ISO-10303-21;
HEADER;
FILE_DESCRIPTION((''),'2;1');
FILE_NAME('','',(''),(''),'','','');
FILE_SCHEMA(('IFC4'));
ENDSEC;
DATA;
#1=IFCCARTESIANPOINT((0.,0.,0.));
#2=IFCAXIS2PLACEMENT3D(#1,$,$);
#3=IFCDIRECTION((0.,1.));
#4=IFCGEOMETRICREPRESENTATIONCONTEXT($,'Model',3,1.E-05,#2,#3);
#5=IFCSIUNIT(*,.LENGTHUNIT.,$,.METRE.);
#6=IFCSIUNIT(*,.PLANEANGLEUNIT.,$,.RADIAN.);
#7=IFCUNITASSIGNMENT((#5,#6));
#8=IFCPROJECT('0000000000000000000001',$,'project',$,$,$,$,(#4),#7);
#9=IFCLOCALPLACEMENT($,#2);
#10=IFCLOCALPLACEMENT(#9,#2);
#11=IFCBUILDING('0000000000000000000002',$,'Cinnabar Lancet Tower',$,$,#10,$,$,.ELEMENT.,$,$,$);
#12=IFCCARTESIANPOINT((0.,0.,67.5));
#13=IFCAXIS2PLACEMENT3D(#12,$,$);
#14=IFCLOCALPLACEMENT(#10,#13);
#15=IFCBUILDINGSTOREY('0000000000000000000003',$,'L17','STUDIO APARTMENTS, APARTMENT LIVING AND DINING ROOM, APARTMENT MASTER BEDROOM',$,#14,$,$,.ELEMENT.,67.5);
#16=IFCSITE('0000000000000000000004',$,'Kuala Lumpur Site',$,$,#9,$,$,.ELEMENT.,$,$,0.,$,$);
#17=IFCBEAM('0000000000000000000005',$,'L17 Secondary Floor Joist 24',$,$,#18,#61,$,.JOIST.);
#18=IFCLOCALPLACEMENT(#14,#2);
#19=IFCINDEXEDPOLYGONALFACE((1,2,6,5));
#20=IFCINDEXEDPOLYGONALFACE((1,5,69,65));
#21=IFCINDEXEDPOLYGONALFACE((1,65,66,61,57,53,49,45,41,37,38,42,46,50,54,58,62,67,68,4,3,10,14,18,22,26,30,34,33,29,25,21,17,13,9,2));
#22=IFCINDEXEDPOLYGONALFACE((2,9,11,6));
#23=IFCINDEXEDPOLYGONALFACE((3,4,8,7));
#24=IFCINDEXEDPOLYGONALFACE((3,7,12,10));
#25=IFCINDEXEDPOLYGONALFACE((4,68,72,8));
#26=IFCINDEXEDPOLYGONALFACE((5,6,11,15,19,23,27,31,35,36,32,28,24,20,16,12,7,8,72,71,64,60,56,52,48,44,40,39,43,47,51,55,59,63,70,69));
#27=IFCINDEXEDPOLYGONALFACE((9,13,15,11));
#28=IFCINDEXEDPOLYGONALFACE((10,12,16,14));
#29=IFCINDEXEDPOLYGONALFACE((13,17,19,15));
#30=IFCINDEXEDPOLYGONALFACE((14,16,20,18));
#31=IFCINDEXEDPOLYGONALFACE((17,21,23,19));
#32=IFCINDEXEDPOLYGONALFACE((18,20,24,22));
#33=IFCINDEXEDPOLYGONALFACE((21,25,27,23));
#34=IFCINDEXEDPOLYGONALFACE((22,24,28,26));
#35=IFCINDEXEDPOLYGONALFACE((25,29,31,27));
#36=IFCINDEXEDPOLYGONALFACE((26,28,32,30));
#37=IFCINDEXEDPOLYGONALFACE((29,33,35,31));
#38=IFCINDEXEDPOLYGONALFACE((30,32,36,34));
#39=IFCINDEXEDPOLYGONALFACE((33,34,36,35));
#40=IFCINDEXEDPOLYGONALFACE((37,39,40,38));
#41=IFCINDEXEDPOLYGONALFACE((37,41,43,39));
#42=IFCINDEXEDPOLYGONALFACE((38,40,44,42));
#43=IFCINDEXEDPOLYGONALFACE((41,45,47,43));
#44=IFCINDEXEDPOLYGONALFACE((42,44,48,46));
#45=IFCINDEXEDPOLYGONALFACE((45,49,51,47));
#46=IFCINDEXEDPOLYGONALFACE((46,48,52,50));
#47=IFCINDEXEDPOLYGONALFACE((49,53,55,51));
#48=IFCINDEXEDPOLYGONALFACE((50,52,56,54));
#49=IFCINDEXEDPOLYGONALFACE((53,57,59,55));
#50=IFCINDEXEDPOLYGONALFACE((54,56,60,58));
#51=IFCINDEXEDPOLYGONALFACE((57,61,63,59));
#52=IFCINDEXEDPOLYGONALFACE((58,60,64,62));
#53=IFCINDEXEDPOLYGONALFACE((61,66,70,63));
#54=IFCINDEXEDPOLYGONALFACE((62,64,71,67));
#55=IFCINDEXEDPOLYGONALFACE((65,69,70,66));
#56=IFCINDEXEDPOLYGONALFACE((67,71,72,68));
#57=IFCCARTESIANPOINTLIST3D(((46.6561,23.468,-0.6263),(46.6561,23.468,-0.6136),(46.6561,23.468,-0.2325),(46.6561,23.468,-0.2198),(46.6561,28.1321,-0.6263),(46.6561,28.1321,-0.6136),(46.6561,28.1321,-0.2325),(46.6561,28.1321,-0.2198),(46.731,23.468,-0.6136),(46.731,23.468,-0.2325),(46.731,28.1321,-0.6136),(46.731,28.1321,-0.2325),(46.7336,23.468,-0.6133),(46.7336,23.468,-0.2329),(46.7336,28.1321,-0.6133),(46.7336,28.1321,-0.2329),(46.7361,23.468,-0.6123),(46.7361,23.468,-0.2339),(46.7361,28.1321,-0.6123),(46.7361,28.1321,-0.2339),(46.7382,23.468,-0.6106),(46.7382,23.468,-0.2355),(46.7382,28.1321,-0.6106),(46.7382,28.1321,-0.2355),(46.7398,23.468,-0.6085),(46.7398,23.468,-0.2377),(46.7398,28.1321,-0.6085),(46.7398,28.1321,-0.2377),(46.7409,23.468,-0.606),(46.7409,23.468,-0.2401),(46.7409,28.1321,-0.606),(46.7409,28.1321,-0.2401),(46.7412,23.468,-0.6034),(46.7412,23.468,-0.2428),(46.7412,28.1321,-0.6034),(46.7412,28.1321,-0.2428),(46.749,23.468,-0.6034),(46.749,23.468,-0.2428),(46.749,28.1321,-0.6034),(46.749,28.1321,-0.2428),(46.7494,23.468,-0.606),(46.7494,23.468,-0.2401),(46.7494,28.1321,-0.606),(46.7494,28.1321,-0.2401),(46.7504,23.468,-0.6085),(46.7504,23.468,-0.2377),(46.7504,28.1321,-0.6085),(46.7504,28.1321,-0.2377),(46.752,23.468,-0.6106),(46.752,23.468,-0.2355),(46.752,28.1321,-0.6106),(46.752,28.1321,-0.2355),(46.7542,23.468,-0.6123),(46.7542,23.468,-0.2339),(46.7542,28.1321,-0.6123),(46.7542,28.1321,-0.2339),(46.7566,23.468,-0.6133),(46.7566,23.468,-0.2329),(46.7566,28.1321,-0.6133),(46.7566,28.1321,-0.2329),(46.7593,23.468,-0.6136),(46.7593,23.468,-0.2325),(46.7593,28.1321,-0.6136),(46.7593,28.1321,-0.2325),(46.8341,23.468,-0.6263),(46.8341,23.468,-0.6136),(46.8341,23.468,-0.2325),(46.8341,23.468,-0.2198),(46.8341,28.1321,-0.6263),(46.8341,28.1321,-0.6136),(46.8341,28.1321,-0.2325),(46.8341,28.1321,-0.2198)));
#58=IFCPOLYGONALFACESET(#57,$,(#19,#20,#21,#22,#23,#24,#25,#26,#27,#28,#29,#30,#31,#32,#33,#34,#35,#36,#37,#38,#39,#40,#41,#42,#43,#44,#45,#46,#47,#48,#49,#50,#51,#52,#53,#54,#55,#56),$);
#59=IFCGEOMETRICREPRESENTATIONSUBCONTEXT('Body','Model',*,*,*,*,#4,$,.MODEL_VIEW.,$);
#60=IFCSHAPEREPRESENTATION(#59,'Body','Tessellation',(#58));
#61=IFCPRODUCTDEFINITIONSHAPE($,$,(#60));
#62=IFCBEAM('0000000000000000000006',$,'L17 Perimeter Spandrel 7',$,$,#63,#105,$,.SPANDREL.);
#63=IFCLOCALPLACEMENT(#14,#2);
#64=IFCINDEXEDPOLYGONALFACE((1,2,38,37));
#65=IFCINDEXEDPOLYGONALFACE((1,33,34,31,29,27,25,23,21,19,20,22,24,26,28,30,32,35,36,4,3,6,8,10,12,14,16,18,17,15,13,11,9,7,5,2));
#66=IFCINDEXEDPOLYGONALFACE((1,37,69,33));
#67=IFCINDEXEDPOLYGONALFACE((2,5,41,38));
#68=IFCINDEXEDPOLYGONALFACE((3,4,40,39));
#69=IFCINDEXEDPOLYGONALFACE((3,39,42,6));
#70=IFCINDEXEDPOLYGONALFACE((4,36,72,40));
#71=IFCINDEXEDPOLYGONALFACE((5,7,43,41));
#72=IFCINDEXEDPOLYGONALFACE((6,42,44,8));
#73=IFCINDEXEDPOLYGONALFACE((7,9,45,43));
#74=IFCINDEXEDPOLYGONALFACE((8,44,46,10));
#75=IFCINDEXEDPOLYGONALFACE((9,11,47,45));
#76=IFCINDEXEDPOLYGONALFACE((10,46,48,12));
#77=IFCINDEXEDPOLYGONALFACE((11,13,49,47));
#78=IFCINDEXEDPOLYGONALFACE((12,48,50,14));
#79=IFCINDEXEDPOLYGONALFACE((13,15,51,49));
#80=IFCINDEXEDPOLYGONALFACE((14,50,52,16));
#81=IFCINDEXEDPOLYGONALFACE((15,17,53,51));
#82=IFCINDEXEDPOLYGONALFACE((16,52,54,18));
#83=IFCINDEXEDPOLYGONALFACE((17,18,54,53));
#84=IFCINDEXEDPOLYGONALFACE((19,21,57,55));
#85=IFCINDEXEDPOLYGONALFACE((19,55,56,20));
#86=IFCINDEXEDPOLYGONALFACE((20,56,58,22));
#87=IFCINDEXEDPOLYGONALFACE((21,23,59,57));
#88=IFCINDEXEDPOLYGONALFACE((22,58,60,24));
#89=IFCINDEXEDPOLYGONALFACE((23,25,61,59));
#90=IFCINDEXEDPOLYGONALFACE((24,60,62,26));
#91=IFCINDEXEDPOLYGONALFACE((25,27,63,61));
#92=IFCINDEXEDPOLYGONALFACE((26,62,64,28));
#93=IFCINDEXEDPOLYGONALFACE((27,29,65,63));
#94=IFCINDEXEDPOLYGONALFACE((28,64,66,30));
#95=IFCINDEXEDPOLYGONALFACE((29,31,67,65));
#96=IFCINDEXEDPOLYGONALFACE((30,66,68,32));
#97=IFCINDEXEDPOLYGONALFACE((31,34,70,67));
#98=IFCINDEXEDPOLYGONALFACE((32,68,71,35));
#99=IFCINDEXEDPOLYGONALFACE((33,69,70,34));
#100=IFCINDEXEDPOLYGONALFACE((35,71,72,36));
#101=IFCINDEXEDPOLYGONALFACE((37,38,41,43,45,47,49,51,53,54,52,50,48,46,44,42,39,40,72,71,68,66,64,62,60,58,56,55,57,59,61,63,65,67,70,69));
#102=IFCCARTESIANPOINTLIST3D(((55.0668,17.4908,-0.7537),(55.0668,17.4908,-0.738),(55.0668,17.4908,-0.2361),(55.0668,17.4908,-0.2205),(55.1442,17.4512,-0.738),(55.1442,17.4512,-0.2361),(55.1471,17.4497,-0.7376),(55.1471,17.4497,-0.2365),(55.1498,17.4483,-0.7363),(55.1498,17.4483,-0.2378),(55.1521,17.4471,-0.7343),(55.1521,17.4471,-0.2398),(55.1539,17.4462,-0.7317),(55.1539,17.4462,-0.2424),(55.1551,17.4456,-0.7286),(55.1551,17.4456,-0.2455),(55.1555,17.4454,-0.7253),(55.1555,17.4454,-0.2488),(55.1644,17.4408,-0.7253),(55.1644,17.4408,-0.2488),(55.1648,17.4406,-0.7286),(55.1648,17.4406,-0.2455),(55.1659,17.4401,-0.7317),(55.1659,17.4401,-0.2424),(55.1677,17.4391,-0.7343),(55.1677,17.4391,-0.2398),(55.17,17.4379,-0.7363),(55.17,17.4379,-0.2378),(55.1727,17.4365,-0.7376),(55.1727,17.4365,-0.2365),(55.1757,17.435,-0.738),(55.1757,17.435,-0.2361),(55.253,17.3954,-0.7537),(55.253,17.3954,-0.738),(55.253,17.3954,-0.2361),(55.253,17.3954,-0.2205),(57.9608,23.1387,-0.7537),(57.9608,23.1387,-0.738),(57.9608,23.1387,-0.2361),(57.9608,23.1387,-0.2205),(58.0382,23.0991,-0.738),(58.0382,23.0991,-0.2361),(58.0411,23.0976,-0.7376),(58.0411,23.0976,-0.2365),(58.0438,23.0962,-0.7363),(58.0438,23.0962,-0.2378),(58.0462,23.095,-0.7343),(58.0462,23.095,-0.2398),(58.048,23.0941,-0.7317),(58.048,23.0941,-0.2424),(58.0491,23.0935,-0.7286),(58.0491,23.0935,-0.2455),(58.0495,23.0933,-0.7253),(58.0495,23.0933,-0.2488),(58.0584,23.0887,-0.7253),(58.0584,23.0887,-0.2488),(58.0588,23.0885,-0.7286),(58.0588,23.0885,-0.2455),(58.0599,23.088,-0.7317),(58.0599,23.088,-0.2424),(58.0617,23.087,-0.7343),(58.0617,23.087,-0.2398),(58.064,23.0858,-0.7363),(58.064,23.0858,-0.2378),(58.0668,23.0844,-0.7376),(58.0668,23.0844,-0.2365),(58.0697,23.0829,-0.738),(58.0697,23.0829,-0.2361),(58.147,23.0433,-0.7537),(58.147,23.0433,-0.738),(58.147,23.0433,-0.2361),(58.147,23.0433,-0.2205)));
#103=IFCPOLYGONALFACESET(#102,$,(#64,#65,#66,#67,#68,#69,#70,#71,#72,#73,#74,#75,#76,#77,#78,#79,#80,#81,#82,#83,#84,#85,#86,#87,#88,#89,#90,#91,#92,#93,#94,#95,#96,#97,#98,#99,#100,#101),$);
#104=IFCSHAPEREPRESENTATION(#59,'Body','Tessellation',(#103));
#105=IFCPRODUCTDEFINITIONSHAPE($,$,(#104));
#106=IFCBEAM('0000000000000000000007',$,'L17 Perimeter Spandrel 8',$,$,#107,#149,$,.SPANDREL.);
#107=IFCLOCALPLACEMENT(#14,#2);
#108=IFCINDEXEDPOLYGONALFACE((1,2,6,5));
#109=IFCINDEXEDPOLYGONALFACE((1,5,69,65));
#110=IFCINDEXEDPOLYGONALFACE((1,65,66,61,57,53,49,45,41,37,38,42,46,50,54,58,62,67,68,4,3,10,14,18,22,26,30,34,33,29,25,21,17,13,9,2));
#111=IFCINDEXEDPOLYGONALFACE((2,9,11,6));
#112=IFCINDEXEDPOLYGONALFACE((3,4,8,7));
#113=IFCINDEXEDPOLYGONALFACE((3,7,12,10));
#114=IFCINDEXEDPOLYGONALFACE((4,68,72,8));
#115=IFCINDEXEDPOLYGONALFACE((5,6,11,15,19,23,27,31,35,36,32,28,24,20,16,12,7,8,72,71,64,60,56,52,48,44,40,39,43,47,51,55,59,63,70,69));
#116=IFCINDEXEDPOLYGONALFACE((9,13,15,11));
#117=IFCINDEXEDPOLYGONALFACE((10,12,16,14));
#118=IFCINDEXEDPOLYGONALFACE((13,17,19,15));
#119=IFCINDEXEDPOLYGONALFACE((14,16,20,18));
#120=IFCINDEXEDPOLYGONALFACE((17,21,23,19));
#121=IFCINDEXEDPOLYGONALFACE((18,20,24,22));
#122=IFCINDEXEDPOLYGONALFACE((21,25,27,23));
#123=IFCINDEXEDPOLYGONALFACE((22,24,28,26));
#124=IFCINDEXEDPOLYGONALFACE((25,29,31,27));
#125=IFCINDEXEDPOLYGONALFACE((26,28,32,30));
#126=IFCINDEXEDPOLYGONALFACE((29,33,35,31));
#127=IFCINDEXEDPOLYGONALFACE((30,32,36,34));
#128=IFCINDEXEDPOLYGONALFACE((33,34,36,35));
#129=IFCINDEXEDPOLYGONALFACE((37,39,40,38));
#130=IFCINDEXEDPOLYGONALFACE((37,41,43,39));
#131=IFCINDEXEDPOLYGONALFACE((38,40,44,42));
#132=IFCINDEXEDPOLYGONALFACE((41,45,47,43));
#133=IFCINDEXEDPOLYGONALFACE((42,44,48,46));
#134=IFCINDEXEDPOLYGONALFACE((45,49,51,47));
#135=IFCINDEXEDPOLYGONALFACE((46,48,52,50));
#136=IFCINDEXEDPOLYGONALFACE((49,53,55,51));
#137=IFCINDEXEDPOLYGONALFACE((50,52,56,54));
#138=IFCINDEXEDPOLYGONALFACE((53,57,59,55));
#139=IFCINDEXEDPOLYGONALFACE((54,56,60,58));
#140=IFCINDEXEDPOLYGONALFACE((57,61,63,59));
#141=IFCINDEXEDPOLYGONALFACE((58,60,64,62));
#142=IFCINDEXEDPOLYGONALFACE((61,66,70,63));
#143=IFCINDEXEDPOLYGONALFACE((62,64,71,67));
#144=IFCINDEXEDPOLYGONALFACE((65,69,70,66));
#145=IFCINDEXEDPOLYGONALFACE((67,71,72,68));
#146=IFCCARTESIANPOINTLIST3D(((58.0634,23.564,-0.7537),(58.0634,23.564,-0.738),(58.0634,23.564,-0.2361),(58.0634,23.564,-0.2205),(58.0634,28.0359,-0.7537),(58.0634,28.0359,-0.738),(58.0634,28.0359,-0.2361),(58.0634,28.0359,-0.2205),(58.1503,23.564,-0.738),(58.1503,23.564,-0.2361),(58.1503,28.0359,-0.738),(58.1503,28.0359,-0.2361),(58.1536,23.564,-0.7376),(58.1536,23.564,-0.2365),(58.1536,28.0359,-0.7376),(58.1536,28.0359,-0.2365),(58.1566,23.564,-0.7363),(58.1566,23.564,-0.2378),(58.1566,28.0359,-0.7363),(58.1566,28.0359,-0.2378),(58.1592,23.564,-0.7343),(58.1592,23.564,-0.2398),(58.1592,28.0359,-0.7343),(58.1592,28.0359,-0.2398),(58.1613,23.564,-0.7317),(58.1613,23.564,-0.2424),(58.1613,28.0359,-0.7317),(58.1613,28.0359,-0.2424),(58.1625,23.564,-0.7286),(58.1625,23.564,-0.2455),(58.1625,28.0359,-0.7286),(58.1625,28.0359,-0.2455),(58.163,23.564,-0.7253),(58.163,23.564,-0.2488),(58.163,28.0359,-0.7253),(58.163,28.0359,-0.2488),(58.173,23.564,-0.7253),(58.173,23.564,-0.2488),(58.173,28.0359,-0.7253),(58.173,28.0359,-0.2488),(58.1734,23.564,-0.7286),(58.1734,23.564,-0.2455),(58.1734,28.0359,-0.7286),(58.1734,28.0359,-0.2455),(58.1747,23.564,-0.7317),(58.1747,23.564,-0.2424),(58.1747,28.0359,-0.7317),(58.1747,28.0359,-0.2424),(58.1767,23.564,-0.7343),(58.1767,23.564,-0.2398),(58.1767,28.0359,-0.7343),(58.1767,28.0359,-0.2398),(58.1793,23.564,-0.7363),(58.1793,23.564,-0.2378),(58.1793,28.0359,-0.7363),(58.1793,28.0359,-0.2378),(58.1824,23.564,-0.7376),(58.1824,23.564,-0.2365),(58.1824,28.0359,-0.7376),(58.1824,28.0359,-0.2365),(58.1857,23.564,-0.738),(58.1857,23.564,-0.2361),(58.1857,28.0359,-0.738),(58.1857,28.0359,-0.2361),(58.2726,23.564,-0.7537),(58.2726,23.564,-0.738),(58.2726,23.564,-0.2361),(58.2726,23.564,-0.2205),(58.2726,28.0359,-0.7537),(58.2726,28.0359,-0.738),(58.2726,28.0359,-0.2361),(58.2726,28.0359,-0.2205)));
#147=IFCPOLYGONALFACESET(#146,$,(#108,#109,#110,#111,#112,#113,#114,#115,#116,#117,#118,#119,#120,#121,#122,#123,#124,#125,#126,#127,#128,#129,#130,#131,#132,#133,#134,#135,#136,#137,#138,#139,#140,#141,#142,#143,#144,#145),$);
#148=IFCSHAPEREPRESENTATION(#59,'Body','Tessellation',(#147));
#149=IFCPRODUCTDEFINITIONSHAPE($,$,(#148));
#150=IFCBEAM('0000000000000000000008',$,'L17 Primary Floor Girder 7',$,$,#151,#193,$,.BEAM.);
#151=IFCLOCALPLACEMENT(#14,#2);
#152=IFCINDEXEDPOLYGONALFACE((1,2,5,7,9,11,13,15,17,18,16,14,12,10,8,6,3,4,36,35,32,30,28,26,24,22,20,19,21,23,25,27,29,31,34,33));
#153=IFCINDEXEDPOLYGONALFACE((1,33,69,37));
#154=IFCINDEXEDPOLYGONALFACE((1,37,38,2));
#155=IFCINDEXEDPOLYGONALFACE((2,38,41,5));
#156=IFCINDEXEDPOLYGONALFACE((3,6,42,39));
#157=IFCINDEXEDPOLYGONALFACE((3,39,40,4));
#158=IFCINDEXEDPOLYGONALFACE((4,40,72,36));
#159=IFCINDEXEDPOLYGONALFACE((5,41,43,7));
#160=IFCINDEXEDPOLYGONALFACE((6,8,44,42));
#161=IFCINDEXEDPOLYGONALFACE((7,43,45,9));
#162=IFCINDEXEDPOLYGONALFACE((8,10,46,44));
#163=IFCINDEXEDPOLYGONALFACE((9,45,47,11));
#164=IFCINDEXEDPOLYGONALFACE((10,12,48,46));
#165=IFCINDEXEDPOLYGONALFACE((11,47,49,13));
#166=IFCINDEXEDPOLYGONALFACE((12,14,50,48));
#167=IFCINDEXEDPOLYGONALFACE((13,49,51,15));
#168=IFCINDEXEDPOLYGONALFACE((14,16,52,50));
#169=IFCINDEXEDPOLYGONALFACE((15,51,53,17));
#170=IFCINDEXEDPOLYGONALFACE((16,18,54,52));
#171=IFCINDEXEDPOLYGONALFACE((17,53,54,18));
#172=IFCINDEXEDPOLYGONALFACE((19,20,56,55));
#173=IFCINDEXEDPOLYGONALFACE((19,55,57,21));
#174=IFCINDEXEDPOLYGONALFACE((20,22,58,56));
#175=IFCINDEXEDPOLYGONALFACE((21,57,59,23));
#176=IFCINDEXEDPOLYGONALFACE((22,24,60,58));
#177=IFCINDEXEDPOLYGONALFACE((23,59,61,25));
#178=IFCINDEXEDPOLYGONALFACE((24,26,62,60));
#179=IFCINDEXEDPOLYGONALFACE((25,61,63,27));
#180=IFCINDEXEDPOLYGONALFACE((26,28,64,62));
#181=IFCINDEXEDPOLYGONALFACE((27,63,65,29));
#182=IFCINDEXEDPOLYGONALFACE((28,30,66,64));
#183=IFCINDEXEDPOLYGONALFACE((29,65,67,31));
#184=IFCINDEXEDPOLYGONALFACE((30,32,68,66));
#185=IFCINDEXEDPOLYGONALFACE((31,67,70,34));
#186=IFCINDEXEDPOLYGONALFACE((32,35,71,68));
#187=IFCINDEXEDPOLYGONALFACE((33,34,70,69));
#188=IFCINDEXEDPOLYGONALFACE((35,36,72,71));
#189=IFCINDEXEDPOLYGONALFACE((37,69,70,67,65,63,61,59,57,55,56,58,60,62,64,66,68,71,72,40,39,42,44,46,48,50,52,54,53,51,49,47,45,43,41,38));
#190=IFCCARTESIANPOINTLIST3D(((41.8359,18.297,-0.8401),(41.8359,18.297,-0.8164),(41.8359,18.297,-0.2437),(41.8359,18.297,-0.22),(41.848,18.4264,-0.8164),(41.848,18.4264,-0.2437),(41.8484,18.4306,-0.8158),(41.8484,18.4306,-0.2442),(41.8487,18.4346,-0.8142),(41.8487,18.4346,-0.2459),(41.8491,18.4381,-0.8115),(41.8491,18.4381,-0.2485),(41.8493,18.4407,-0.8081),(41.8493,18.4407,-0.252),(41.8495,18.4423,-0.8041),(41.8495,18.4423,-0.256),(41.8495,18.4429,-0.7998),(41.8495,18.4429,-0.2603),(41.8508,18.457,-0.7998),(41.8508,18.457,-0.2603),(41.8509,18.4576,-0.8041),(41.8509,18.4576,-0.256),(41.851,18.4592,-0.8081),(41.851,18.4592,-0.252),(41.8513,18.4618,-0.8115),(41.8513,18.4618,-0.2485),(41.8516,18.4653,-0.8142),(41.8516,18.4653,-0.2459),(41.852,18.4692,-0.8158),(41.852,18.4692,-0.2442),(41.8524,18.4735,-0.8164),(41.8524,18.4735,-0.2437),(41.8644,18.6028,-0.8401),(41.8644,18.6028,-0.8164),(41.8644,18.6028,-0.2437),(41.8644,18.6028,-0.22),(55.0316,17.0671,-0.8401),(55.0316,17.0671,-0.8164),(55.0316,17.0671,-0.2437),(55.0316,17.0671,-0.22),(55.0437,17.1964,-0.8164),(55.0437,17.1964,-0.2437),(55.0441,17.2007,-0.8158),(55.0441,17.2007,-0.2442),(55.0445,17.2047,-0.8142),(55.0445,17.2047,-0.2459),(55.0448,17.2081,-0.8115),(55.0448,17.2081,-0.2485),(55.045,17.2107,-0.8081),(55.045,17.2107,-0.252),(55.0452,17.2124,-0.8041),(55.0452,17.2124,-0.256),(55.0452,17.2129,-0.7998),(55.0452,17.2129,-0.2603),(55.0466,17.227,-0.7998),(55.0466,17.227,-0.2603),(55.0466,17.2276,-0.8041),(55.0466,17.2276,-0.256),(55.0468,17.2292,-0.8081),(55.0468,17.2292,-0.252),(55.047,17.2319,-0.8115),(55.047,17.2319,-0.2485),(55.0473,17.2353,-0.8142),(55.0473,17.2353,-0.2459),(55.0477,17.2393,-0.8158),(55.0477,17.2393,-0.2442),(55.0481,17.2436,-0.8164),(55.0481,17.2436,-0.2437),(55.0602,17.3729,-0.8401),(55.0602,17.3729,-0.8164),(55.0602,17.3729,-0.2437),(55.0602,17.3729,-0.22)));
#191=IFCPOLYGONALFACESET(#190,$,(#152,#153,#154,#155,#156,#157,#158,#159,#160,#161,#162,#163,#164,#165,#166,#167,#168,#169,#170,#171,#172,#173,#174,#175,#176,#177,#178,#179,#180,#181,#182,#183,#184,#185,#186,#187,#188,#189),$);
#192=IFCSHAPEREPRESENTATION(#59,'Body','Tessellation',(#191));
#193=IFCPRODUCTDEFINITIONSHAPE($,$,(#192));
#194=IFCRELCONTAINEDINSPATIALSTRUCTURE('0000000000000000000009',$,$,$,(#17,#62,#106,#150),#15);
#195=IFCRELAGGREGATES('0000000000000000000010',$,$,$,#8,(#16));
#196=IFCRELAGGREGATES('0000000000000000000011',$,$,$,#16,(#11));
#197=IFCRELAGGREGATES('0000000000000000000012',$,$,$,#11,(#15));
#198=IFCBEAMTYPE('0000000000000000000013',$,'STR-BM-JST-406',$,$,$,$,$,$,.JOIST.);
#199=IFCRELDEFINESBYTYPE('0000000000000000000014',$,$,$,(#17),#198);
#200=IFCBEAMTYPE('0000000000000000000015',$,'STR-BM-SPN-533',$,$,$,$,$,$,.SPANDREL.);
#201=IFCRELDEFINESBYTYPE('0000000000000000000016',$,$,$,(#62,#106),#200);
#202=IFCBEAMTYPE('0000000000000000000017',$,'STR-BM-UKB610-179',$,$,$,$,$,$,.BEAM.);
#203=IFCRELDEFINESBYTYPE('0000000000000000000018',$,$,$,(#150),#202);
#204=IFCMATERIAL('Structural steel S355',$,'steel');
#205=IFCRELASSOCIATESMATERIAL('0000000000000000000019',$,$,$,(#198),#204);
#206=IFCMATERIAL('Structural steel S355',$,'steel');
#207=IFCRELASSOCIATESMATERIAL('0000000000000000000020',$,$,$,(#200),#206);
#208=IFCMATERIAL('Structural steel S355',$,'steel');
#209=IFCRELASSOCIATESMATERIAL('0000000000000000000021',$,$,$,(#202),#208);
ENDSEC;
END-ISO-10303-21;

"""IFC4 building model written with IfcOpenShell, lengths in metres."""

from ifc_helpers import new_model, si_unit, direction, frame, origin, origin_2d, place, context, subcontext, project, spatial, i_section, extrude, material, material_profile, profile_set, type_object, element, save


model = new_model("IFC4")

# Units and contexts
model_context = context("Model", 3, precision=1e-05, world=origin(), true_north=direction((0.0, 1.0)))
body_context = subcontext(model_context, "Body", "Model", "MODEL_VIEW")
ifc_project = project(units=[si_unit("LENGTHUNIT", "METRE"), si_unit("PLANEANGLEUNIT", "RADIAN")], contexts=[model_context])

# Site, building, storey
site_placement = place(None, origin())
site = spatial("IfcSite", under=ifc_project, at=site_placement, Name="Kuala Lumpur Site", CompositionType="ELEMENT", RefElevation=0.0)
building_placement = place(site_placement, origin())
building = spatial("IfcBuilding", under=site, at=building_placement, Name="Cinnabar Lancet Tower", CompositionType="ELEMENT")
storey_placement = place(building_placement, frame((0.0, 0.0, 67.5)))
storey = spatial("IfcBuildingStorey", under=building, at=storey_placement, Name="L17", Description="STUDIO APARTMENTS, APARTMENT LIVING AND DINING ROOM, APARTMENT MASTER BEDROOM", CompositionType="ELEMENT", Elevation=67.5)

# Beams
ifc_material_1 = material(Name="Structural steel S355", Category="steel")
ifc_material_profile_1 = material_profile(ifc_material_1, i_section(OverallWidth=0.178, OverallDepth=0.4065, WebThickness=0.0078, FlangeThickness=0.0127, FilletRadius=0.0103, at=origin_2d()), Name="UKB 406x178x60")
ifc_profile_set_1 = profile_set([ifc_material_profile_1], Name="Structural steel S355")
beam_type_1 = type_object("IfcBeamType", Name="STR-BM-JST-406", PredefinedType="JOIST", material=ifc_profile_set_1)
for number, where, z_axis, x_axis, name in (
    (1, (46.7451, 23.468, -0.4231), (0.0, 1.0, 0.0), (-1.0, 0.0, 0.0), "L17 Secondary Floor Joist 24"),
):
    element("IfcBeam", number, at=place(storey_placement, frame(where, z_axis=z_axis, x_axis=x_axis)), inside=storey, type_object=beam_type_1, Name=name, PredefinedType="JOIST", context=body_context, shape_type="SweptSolid", body=[
        extrude(i_section(OverallWidth=0.178, OverallDepth=0.4065, WebThickness=0.0078, FlangeThickness=0.0127, FilletRadius=0.0103, at=origin_2d()), origin(), (0.0, 0.0, 1.0), 4.6641),
    ])
ifc_material_2 = material(Name="Structural steel S355", Category="steel")
ifc_material_profile_2 = material_profile(ifc_material_2, i_section(OverallWidth=0.2092, OverallDepth=0.5332, WebThickness=0.01, FlangeThickness=0.0156, FilletRadius=0.0127, at=origin_2d()), Name="UKB 533x210x92")
ifc_profile_set_2 = profile_set([ifc_material_profile_2], Name="Structural steel S355")
beam_type_2 = type_object("IfcBeamType", Name="STR-BM-SPN-533", PredefinedType="SPANDREL", material=ifc_profile_set_2)
beam_1_placement = place(storey_placement, frame((55.1599, 17.4431, -0.4871), z_axis=(0.456025, 0.889967, 0.0), x_axis=(-0.889967, 0.456025, 0.0)))
element("IfcBeam", 2, at=beam_1_placement, inside=storey, type_object=beam_type_2, Name="L17 Perimeter Spandrel 7", PredefinedType="SPANDREL", context=body_context, shape_type="SweptSolid", body=[
    extrude(i_section(OverallWidth=0.2092, OverallDepth=0.5332, WebThickness=0.01, FlangeThickness=0.0156, FilletRadius=0.0127, at=origin_2d()), origin(), (0.0, 0.0, 1.0), 6.3462),
])
beam_2_placement = place(storey_placement, frame((58.168, 23.564, -0.4871), z_axis=(0.0, 1.0, 0.0), x_axis=(-1.0, 0.0, 0.0)))
element("IfcBeam", 3, at=beam_2_placement, inside=storey, type_object=beam_type_2, Name="L17 Perimeter Spandrel 8", PredefinedType="SPANDREL", context=body_context, shape_type="SweptSolid", body=[
    extrude(i_section(OverallWidth=0.2092, OverallDepth=0.5332, WebThickness=0.01, FlangeThickness=0.0156, FilletRadius=0.0127, at=origin_2d()), origin(), (0.0, 0.0, 1.0), 4.4719),
])
ifc_material_3 = material(Name="Structural steel S355", Category="steel")
ifc_material_profile_3 = material_profile(ifc_material_3, i_section(OverallWidth=0.3071, OverallDepth=0.6201, WebThickness=0.0142, FlangeThickness=0.0237, FilletRadius=0.0166, at=origin_2d()), Name="UKB 610x305x179")
ifc_profile_set_3 = profile_set([ifc_material_profile_3], Name="Structural steel S355")
beam_type_3 = type_object("IfcBeamType", Name="STR-BM-UKB610-179", PredefinedType="BEAM", material=ifc_profile_set_3)
beam_3_placement = place(storey_placement, frame((55.0459, 17.22, -0.53), z_axis=(-0.995684, 0.092808, 0.0), x_axis=(-0.092808, -0.995684, 0.0)))
element("IfcBeam", 4, at=beam_3_placement, inside=storey, type_object=beam_type_3, Name="L17 Primary Floor Girder 7", PredefinedType="BEAM", context=body_context, shape_type="SweptSolid", body=[
    extrude(i_section(OverallWidth=0.3071, OverallDepth=0.6201, WebThickness=0.0142, FlangeThickness=0.0237, FilletRadius=0.0166, at=origin_2d()), origin(), (0.0, 0.0, 1.0), 13.2529),
])

save(model, "model.ifc")
